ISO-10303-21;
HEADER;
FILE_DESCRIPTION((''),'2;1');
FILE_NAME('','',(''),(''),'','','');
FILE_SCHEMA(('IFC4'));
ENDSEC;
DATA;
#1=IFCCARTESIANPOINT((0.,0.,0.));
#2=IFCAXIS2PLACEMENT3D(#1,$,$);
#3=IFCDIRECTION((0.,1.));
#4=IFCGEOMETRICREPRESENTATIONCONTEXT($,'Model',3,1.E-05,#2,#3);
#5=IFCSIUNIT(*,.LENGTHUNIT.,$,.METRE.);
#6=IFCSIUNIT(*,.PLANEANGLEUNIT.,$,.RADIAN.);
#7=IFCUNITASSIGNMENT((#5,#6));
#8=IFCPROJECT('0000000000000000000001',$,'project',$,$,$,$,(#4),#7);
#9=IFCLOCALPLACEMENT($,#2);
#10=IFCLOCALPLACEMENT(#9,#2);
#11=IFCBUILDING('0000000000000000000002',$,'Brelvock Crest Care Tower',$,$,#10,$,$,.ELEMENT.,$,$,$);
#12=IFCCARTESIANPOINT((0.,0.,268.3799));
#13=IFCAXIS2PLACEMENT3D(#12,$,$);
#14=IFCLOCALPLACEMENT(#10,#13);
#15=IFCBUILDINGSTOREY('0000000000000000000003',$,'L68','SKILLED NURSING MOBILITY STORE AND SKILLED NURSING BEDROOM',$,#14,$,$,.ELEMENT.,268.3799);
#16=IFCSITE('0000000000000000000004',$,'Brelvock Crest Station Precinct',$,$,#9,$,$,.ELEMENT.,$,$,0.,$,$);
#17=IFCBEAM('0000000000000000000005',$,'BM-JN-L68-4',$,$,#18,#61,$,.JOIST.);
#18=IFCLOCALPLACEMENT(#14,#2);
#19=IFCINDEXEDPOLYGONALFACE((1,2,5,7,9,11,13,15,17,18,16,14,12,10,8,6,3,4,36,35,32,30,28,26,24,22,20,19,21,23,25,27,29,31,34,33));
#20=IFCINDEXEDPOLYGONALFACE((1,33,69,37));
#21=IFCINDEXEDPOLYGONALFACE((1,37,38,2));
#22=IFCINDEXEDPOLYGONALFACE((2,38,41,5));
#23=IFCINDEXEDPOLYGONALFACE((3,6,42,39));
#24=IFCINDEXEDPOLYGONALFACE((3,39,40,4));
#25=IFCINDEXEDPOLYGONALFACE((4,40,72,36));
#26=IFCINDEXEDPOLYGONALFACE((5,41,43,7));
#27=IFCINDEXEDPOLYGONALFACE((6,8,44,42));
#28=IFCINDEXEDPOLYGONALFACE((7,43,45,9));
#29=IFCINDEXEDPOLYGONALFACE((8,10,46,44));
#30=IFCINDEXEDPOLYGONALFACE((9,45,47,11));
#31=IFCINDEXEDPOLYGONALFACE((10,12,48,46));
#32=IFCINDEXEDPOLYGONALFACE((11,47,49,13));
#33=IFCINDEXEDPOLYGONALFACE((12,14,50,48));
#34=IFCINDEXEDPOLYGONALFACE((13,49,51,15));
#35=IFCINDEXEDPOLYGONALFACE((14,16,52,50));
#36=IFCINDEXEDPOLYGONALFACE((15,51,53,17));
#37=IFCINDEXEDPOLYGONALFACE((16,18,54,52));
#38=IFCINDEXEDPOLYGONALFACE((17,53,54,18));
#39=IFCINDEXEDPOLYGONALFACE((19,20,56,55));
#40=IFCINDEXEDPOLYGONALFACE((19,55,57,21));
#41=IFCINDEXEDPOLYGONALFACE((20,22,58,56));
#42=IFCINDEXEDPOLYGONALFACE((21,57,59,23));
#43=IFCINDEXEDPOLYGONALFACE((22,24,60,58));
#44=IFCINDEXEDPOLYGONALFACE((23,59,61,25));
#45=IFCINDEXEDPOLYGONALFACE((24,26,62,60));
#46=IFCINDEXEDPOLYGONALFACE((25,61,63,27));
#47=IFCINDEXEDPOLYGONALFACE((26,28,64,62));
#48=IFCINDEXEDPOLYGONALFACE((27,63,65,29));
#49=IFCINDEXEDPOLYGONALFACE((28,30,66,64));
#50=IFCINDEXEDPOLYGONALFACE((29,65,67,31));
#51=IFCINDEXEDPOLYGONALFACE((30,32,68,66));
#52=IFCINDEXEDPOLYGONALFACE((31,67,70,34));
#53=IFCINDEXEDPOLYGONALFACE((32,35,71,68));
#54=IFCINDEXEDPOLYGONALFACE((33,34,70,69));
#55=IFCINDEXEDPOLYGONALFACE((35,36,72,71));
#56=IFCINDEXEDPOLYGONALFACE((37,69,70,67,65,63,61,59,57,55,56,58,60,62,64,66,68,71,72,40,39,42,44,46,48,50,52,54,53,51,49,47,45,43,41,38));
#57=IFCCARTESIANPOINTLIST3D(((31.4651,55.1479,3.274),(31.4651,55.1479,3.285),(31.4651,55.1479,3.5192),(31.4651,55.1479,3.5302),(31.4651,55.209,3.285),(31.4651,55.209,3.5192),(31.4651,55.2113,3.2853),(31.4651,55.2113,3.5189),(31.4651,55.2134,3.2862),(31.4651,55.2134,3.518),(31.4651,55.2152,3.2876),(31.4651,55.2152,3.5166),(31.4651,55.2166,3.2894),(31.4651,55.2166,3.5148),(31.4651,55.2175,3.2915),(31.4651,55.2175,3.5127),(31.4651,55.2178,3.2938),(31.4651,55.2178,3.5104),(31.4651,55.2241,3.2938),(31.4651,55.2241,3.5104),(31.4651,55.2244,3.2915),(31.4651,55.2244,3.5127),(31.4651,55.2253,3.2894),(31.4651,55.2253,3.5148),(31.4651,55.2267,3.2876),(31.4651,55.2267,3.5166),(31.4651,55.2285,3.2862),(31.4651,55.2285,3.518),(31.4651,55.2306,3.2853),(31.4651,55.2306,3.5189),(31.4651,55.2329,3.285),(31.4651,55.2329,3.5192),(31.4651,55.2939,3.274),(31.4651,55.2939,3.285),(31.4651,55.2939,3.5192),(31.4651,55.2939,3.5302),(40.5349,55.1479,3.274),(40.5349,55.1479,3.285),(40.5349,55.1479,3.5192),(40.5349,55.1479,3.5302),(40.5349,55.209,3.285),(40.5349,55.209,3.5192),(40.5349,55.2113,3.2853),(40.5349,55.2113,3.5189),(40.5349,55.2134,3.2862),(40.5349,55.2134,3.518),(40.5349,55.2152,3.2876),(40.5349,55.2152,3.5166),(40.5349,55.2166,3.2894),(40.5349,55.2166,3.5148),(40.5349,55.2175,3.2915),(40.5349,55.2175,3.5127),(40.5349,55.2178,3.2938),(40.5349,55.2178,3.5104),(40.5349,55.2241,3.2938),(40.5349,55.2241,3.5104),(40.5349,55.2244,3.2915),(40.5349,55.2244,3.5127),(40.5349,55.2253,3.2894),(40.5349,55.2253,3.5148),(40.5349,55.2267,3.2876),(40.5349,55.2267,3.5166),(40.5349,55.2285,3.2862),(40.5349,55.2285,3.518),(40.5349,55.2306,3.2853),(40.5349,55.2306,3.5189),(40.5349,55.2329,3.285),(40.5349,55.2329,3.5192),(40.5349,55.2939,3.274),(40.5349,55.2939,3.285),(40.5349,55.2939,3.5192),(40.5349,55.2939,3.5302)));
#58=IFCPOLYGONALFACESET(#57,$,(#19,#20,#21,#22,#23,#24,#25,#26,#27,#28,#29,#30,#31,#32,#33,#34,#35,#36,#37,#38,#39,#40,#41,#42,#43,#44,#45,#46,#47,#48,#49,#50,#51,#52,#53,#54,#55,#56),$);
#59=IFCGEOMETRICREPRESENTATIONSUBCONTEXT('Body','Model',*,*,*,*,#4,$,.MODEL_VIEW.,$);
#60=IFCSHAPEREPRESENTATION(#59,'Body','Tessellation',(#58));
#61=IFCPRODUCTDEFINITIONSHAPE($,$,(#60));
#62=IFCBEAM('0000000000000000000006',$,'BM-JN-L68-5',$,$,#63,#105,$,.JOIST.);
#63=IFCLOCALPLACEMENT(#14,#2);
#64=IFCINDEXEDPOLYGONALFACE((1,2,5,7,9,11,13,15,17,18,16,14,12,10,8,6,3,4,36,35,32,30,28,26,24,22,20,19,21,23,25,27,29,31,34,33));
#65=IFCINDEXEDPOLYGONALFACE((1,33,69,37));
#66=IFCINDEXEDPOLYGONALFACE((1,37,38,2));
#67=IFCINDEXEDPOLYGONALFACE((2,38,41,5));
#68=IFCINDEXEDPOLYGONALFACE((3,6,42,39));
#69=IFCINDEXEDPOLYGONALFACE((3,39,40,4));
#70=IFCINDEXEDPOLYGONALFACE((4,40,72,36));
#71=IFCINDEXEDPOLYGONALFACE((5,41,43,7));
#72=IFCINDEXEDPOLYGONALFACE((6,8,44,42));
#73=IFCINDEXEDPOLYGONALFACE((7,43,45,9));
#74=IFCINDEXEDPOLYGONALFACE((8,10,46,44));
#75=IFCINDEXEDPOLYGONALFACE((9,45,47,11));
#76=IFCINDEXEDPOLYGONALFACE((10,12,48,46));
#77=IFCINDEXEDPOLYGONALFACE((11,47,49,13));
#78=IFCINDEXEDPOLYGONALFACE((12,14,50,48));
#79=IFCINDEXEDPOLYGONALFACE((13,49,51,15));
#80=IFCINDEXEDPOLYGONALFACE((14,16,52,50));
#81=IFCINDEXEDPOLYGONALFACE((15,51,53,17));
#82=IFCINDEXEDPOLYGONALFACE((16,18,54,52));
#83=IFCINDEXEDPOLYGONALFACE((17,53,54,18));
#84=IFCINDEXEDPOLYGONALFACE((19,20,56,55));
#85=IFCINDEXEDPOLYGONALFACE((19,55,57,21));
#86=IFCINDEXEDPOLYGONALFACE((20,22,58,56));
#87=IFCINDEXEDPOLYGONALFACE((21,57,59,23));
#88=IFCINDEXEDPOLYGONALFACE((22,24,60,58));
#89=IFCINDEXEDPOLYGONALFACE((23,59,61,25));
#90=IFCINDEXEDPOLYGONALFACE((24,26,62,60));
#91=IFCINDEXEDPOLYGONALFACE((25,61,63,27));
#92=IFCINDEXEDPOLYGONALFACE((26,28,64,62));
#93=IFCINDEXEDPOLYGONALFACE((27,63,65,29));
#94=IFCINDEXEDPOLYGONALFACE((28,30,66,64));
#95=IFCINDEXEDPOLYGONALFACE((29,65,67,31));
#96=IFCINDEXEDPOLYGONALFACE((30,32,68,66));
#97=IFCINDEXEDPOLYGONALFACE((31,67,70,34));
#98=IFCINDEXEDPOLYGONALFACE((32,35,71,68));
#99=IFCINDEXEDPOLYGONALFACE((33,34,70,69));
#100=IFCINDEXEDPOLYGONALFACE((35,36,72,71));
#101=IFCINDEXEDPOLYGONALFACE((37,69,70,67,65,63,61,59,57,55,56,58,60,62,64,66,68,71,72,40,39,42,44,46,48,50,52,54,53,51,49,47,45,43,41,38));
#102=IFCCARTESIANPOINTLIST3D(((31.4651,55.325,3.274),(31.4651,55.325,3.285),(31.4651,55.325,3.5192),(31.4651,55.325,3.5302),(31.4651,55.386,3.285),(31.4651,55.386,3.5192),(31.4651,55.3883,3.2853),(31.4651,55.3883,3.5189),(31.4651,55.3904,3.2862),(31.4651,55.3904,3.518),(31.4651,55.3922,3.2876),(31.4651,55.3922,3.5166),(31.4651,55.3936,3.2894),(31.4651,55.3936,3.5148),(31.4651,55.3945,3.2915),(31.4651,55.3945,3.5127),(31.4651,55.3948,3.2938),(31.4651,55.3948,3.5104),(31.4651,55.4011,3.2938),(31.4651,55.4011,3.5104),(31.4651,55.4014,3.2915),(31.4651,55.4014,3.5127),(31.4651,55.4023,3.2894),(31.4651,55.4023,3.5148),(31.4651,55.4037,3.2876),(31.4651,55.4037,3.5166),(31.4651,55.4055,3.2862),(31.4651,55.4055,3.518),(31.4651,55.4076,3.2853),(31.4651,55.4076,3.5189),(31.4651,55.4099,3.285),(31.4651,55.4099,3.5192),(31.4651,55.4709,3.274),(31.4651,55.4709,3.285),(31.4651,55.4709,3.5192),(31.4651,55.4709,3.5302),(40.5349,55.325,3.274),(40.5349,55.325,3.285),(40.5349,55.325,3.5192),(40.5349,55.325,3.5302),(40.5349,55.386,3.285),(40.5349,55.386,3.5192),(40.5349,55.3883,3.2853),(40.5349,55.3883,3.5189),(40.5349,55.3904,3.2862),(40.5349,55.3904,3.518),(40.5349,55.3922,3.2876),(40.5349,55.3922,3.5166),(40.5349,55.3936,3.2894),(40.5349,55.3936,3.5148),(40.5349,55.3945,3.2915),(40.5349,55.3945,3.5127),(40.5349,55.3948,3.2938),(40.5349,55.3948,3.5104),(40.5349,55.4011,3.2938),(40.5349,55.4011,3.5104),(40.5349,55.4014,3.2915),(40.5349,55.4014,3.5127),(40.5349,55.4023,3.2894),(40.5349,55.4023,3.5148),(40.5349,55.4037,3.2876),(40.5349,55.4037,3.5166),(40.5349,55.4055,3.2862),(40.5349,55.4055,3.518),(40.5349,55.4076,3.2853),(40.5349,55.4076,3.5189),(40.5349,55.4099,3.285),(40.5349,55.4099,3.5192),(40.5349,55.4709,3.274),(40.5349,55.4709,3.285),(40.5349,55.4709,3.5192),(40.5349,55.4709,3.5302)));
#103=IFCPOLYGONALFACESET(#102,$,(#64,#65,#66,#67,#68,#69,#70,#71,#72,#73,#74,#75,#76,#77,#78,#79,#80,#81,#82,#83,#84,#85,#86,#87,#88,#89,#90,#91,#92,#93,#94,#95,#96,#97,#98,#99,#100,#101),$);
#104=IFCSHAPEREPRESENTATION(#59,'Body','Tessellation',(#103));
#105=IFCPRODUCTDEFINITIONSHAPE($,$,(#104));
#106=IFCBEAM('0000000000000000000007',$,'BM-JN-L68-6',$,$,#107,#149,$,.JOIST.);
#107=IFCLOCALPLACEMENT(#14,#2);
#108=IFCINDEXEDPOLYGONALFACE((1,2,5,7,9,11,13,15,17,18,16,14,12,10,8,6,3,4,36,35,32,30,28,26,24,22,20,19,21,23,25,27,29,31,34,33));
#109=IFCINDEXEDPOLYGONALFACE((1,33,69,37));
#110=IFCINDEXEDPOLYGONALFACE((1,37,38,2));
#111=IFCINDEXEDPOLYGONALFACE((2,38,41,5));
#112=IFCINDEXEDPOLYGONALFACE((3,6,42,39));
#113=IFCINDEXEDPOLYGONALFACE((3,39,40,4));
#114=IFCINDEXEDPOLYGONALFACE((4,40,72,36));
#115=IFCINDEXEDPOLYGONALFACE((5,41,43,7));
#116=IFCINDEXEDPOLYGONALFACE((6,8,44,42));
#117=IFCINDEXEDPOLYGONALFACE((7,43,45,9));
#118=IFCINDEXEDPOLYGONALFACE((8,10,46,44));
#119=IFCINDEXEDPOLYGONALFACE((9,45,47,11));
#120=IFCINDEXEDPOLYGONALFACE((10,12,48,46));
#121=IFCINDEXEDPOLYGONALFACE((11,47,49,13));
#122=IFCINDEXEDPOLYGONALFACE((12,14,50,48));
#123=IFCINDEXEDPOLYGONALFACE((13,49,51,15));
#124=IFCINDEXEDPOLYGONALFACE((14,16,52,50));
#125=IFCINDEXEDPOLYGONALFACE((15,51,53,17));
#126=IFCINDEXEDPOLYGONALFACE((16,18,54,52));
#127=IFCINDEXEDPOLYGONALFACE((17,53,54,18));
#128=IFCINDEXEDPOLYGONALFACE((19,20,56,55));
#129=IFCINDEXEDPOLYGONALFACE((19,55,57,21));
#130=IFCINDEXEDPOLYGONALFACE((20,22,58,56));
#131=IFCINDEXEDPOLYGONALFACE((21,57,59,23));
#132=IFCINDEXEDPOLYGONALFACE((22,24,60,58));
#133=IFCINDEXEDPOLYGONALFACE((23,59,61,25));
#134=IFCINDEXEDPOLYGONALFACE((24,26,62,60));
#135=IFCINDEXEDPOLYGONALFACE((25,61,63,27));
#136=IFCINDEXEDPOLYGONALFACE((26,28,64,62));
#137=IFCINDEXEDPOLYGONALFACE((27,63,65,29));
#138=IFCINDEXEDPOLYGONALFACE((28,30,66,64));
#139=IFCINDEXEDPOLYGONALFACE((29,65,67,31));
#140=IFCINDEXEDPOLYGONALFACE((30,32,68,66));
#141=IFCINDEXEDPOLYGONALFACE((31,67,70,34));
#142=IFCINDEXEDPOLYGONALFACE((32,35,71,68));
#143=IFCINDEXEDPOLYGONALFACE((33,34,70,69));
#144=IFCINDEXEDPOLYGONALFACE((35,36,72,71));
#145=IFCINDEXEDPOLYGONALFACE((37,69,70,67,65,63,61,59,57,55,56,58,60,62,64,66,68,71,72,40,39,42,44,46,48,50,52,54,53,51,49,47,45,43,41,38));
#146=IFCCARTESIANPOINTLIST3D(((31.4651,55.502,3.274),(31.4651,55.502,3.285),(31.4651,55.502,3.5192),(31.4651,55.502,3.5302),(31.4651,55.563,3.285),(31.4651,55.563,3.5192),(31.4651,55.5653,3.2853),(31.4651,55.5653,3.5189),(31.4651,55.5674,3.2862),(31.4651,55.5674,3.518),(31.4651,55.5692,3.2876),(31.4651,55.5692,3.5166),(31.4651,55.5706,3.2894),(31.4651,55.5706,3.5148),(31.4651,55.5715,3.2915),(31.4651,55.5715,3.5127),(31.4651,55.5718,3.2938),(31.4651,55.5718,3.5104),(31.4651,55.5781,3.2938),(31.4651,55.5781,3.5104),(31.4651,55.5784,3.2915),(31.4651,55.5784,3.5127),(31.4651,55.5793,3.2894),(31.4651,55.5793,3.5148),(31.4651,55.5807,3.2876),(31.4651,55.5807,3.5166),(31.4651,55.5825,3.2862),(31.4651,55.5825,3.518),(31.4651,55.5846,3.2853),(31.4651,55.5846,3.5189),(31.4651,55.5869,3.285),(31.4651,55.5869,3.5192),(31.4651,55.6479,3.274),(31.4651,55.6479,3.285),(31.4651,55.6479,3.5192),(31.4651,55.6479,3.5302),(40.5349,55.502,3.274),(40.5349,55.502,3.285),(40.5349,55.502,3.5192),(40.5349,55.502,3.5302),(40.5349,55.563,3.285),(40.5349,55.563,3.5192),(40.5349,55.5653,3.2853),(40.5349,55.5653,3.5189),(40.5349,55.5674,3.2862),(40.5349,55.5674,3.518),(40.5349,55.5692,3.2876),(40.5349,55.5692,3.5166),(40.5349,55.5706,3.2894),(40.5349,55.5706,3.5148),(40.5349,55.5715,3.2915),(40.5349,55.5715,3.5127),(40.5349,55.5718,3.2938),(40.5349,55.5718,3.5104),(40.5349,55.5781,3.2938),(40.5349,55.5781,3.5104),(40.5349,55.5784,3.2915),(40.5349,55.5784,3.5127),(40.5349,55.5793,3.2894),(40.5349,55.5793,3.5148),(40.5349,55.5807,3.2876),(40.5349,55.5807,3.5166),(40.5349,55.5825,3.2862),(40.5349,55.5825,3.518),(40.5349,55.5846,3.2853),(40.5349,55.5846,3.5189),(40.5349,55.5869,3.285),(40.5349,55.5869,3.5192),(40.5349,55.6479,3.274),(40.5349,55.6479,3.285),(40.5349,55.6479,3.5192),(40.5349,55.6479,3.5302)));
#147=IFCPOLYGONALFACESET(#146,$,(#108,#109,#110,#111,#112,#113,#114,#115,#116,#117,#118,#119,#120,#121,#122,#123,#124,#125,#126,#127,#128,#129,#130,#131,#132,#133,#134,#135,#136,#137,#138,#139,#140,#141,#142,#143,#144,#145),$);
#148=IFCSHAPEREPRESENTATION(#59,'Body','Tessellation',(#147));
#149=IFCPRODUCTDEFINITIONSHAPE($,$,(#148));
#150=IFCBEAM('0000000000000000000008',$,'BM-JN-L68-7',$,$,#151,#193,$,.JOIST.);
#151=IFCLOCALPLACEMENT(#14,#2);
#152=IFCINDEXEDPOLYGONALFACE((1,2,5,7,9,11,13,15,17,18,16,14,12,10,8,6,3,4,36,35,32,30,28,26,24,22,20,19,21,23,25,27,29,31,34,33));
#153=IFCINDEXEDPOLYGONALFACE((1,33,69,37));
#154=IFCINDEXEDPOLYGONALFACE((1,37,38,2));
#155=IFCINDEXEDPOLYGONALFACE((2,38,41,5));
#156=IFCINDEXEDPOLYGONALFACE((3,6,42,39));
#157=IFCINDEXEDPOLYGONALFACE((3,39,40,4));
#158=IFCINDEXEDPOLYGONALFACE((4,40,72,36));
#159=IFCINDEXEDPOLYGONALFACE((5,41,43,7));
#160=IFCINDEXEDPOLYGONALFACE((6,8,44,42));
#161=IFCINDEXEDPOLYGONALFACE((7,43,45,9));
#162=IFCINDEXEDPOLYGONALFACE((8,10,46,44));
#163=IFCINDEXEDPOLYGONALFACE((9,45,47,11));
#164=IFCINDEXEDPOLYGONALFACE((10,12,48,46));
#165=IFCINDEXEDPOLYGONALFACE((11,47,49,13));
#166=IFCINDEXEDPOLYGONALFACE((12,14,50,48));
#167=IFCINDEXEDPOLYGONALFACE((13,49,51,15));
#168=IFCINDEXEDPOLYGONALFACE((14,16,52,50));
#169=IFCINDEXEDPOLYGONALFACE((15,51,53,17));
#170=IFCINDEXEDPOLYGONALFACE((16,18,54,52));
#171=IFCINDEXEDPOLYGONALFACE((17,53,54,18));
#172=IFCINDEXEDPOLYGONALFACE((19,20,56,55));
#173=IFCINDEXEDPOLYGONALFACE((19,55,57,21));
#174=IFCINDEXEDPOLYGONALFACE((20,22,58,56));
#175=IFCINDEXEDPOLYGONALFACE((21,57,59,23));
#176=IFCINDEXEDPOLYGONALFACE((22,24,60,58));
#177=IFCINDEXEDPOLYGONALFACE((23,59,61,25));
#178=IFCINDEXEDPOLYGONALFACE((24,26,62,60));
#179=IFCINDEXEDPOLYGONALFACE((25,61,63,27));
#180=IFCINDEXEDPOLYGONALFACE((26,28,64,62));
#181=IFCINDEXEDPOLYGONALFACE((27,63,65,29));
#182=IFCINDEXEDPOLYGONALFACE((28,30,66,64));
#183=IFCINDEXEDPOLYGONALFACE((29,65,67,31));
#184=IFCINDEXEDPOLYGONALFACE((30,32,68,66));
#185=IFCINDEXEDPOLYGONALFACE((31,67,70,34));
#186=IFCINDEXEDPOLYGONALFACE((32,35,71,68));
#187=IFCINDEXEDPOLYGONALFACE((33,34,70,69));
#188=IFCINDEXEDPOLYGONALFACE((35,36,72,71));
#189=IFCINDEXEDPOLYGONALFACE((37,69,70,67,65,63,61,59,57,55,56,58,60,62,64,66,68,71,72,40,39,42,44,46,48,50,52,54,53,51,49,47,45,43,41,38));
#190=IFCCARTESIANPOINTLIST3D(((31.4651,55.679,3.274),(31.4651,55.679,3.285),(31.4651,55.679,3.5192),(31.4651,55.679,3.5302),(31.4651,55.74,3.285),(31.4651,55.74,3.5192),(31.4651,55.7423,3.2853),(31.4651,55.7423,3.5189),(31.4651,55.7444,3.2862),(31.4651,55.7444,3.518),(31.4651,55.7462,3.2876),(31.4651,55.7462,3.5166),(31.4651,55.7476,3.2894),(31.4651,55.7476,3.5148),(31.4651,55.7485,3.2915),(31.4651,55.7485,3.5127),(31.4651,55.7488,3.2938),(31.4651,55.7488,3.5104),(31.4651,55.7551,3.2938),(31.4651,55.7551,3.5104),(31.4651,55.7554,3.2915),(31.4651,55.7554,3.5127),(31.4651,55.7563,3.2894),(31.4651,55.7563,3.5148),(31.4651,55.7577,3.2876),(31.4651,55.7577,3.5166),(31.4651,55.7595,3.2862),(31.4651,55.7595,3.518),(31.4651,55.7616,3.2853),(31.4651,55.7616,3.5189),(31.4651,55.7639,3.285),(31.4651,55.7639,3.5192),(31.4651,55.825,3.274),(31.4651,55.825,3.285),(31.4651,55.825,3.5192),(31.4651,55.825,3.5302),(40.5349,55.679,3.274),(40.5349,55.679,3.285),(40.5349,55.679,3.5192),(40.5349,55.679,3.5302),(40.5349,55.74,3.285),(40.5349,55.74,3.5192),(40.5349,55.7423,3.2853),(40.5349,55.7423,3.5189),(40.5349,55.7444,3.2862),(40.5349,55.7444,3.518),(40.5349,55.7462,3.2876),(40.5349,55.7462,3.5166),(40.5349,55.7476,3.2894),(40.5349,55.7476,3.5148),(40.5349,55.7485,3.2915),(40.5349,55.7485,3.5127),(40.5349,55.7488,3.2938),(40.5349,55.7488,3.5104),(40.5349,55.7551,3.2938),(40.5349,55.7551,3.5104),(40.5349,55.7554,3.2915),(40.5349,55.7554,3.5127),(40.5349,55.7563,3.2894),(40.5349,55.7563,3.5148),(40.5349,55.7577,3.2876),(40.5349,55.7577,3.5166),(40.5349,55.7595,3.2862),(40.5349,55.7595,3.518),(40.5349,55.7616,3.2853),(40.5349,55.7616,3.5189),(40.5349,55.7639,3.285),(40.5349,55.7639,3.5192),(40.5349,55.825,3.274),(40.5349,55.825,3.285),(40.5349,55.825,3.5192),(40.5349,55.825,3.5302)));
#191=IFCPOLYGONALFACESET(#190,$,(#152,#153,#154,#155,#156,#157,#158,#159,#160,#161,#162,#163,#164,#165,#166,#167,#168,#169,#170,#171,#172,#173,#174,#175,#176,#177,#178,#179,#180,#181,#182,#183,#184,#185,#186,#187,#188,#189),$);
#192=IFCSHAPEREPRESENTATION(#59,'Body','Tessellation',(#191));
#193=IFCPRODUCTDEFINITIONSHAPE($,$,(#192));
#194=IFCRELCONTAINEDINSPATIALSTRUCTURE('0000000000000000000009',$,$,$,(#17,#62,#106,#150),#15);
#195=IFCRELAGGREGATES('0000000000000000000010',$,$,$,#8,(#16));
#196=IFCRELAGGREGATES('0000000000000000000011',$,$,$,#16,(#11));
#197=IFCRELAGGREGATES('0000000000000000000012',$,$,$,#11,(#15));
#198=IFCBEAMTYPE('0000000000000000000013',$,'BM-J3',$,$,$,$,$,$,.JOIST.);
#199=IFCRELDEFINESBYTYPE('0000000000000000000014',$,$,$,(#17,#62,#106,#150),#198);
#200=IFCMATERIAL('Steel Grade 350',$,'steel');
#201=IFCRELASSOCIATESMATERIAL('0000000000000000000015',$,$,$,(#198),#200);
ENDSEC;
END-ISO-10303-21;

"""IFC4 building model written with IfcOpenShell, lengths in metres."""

from ifc_helpers import new_model, si_unit, direction, frame, origin, origin_2d, place, context, subcontext, project, spatial, i_section, extrude, source, transform, mapped, material, material_profile, profile_set, type_object, element, save


model = new_model("IFC4")

# Units and contexts
model_context = context("Model", 3, precision=1e-05, world=origin(), true_north=direction((0.0, 1.0)))
body_context = subcontext(model_context, "Body", "Model", "MODEL_VIEW")
ifc_project = project(units=[si_unit("LENGTHUNIT", "METRE"), si_unit("PLANEANGLEUNIT", "RADIAN")], contexts=[model_context])

# Site, building, storey
site_placement = place(None, origin())
site = spatial("IfcSite", under=ifc_project, at=site_placement, Name="Brelvock Crest Station Precinct", CompositionType="ELEMENT", RefElevation=0.0)
building_placement = place(site_placement, origin())
building = spatial("IfcBuilding", under=site, at=building_placement, Name="Brelvock Crest Care Tower", CompositionType="ELEMENT")
storey_placement = place(building_placement, frame((0.0, 0.0, 268.3799)))
storey = spatial("IfcBuildingStorey", under=building, at=storey_placement, Name="L68", Description="SKILLED NURSING MOBILITY STORE AND SKILLED NURSING BEDROOM", CompositionType="ELEMENT", Elevation=268.3799)

# Shared definitions
ifc_material_1 = material(Name="Steel Grade 350", Category="steel")

# Beams
ifc_material_profile_1 = material_profile(ifc_material_1, i_section(OverallWidth=0.146, OverallDepth=0.2561, WebThickness=0.0063, FlangeThickness=0.011, FilletRadius=0.0088, at=origin_2d()), Name="250UB37.3")
ifc_profile_set_1 = profile_set([ifc_material_profile_1], Name="Steel Grade 350")
beam_type_1 = type_object("IfcBeamType", Name="BM-J3", PredefinedType="JOIST", material=ifc_profile_set_1)
shared_shape_1 = source(origin(), body_context, "Body", "SweptSolid", [
    extrude(i_section(OverallWidth=0.146, OverallDepth=0.2561, WebThickness=0.0063, FlangeThickness=0.011, FilletRadius=0.0088, at=origin_2d()), origin(), (0.0, 0.0, 1.0), 9.0698),
])
for number, where, z_axis, x_axis, name in (
    (1, (31.4651, 55.2209, 3.4021), (1.0, 0.0, 0.0), (0.0, 1.0, 0.0), "BM-JN-L68-4"),
    (2, (31.4651, 55.3979, 3.4021), (1.0, 0.0, 0.0), (0.0, 1.0, 0.0), "BM-JN-L68-5"),
    (3, (31.4651, 55.575, 3.4021), (1.0, 0.0, 0.0), (0.0, 1.0, 0.0), "BM-JN-L68-6"),
    (4, (31.4651, 55.752, 3.4021), (1.0, 0.0, 0.0), (0.0, 1.0, 0.0), "BM-JN-L68-7"),
):
    element("IfcBeam", number, at=place(storey_placement, frame(where, z_axis=z_axis, x_axis=x_axis)), inside=storey, type_object=beam_type_1, Name=name, PredefinedType="JOIST", context=body_context, shape_type="MappedRepresentation", body=[
        mapped(shared_shape_1, transform((0.0, 0.0, 0.0), x_axis=(1.0, 0.0, 0.0), y_axis=(0.0, 1.0, 0.0), z_axis=(0.0, 0.0, 1.0), scale=1.0)),
    ])

save(model, "model.ifc")
